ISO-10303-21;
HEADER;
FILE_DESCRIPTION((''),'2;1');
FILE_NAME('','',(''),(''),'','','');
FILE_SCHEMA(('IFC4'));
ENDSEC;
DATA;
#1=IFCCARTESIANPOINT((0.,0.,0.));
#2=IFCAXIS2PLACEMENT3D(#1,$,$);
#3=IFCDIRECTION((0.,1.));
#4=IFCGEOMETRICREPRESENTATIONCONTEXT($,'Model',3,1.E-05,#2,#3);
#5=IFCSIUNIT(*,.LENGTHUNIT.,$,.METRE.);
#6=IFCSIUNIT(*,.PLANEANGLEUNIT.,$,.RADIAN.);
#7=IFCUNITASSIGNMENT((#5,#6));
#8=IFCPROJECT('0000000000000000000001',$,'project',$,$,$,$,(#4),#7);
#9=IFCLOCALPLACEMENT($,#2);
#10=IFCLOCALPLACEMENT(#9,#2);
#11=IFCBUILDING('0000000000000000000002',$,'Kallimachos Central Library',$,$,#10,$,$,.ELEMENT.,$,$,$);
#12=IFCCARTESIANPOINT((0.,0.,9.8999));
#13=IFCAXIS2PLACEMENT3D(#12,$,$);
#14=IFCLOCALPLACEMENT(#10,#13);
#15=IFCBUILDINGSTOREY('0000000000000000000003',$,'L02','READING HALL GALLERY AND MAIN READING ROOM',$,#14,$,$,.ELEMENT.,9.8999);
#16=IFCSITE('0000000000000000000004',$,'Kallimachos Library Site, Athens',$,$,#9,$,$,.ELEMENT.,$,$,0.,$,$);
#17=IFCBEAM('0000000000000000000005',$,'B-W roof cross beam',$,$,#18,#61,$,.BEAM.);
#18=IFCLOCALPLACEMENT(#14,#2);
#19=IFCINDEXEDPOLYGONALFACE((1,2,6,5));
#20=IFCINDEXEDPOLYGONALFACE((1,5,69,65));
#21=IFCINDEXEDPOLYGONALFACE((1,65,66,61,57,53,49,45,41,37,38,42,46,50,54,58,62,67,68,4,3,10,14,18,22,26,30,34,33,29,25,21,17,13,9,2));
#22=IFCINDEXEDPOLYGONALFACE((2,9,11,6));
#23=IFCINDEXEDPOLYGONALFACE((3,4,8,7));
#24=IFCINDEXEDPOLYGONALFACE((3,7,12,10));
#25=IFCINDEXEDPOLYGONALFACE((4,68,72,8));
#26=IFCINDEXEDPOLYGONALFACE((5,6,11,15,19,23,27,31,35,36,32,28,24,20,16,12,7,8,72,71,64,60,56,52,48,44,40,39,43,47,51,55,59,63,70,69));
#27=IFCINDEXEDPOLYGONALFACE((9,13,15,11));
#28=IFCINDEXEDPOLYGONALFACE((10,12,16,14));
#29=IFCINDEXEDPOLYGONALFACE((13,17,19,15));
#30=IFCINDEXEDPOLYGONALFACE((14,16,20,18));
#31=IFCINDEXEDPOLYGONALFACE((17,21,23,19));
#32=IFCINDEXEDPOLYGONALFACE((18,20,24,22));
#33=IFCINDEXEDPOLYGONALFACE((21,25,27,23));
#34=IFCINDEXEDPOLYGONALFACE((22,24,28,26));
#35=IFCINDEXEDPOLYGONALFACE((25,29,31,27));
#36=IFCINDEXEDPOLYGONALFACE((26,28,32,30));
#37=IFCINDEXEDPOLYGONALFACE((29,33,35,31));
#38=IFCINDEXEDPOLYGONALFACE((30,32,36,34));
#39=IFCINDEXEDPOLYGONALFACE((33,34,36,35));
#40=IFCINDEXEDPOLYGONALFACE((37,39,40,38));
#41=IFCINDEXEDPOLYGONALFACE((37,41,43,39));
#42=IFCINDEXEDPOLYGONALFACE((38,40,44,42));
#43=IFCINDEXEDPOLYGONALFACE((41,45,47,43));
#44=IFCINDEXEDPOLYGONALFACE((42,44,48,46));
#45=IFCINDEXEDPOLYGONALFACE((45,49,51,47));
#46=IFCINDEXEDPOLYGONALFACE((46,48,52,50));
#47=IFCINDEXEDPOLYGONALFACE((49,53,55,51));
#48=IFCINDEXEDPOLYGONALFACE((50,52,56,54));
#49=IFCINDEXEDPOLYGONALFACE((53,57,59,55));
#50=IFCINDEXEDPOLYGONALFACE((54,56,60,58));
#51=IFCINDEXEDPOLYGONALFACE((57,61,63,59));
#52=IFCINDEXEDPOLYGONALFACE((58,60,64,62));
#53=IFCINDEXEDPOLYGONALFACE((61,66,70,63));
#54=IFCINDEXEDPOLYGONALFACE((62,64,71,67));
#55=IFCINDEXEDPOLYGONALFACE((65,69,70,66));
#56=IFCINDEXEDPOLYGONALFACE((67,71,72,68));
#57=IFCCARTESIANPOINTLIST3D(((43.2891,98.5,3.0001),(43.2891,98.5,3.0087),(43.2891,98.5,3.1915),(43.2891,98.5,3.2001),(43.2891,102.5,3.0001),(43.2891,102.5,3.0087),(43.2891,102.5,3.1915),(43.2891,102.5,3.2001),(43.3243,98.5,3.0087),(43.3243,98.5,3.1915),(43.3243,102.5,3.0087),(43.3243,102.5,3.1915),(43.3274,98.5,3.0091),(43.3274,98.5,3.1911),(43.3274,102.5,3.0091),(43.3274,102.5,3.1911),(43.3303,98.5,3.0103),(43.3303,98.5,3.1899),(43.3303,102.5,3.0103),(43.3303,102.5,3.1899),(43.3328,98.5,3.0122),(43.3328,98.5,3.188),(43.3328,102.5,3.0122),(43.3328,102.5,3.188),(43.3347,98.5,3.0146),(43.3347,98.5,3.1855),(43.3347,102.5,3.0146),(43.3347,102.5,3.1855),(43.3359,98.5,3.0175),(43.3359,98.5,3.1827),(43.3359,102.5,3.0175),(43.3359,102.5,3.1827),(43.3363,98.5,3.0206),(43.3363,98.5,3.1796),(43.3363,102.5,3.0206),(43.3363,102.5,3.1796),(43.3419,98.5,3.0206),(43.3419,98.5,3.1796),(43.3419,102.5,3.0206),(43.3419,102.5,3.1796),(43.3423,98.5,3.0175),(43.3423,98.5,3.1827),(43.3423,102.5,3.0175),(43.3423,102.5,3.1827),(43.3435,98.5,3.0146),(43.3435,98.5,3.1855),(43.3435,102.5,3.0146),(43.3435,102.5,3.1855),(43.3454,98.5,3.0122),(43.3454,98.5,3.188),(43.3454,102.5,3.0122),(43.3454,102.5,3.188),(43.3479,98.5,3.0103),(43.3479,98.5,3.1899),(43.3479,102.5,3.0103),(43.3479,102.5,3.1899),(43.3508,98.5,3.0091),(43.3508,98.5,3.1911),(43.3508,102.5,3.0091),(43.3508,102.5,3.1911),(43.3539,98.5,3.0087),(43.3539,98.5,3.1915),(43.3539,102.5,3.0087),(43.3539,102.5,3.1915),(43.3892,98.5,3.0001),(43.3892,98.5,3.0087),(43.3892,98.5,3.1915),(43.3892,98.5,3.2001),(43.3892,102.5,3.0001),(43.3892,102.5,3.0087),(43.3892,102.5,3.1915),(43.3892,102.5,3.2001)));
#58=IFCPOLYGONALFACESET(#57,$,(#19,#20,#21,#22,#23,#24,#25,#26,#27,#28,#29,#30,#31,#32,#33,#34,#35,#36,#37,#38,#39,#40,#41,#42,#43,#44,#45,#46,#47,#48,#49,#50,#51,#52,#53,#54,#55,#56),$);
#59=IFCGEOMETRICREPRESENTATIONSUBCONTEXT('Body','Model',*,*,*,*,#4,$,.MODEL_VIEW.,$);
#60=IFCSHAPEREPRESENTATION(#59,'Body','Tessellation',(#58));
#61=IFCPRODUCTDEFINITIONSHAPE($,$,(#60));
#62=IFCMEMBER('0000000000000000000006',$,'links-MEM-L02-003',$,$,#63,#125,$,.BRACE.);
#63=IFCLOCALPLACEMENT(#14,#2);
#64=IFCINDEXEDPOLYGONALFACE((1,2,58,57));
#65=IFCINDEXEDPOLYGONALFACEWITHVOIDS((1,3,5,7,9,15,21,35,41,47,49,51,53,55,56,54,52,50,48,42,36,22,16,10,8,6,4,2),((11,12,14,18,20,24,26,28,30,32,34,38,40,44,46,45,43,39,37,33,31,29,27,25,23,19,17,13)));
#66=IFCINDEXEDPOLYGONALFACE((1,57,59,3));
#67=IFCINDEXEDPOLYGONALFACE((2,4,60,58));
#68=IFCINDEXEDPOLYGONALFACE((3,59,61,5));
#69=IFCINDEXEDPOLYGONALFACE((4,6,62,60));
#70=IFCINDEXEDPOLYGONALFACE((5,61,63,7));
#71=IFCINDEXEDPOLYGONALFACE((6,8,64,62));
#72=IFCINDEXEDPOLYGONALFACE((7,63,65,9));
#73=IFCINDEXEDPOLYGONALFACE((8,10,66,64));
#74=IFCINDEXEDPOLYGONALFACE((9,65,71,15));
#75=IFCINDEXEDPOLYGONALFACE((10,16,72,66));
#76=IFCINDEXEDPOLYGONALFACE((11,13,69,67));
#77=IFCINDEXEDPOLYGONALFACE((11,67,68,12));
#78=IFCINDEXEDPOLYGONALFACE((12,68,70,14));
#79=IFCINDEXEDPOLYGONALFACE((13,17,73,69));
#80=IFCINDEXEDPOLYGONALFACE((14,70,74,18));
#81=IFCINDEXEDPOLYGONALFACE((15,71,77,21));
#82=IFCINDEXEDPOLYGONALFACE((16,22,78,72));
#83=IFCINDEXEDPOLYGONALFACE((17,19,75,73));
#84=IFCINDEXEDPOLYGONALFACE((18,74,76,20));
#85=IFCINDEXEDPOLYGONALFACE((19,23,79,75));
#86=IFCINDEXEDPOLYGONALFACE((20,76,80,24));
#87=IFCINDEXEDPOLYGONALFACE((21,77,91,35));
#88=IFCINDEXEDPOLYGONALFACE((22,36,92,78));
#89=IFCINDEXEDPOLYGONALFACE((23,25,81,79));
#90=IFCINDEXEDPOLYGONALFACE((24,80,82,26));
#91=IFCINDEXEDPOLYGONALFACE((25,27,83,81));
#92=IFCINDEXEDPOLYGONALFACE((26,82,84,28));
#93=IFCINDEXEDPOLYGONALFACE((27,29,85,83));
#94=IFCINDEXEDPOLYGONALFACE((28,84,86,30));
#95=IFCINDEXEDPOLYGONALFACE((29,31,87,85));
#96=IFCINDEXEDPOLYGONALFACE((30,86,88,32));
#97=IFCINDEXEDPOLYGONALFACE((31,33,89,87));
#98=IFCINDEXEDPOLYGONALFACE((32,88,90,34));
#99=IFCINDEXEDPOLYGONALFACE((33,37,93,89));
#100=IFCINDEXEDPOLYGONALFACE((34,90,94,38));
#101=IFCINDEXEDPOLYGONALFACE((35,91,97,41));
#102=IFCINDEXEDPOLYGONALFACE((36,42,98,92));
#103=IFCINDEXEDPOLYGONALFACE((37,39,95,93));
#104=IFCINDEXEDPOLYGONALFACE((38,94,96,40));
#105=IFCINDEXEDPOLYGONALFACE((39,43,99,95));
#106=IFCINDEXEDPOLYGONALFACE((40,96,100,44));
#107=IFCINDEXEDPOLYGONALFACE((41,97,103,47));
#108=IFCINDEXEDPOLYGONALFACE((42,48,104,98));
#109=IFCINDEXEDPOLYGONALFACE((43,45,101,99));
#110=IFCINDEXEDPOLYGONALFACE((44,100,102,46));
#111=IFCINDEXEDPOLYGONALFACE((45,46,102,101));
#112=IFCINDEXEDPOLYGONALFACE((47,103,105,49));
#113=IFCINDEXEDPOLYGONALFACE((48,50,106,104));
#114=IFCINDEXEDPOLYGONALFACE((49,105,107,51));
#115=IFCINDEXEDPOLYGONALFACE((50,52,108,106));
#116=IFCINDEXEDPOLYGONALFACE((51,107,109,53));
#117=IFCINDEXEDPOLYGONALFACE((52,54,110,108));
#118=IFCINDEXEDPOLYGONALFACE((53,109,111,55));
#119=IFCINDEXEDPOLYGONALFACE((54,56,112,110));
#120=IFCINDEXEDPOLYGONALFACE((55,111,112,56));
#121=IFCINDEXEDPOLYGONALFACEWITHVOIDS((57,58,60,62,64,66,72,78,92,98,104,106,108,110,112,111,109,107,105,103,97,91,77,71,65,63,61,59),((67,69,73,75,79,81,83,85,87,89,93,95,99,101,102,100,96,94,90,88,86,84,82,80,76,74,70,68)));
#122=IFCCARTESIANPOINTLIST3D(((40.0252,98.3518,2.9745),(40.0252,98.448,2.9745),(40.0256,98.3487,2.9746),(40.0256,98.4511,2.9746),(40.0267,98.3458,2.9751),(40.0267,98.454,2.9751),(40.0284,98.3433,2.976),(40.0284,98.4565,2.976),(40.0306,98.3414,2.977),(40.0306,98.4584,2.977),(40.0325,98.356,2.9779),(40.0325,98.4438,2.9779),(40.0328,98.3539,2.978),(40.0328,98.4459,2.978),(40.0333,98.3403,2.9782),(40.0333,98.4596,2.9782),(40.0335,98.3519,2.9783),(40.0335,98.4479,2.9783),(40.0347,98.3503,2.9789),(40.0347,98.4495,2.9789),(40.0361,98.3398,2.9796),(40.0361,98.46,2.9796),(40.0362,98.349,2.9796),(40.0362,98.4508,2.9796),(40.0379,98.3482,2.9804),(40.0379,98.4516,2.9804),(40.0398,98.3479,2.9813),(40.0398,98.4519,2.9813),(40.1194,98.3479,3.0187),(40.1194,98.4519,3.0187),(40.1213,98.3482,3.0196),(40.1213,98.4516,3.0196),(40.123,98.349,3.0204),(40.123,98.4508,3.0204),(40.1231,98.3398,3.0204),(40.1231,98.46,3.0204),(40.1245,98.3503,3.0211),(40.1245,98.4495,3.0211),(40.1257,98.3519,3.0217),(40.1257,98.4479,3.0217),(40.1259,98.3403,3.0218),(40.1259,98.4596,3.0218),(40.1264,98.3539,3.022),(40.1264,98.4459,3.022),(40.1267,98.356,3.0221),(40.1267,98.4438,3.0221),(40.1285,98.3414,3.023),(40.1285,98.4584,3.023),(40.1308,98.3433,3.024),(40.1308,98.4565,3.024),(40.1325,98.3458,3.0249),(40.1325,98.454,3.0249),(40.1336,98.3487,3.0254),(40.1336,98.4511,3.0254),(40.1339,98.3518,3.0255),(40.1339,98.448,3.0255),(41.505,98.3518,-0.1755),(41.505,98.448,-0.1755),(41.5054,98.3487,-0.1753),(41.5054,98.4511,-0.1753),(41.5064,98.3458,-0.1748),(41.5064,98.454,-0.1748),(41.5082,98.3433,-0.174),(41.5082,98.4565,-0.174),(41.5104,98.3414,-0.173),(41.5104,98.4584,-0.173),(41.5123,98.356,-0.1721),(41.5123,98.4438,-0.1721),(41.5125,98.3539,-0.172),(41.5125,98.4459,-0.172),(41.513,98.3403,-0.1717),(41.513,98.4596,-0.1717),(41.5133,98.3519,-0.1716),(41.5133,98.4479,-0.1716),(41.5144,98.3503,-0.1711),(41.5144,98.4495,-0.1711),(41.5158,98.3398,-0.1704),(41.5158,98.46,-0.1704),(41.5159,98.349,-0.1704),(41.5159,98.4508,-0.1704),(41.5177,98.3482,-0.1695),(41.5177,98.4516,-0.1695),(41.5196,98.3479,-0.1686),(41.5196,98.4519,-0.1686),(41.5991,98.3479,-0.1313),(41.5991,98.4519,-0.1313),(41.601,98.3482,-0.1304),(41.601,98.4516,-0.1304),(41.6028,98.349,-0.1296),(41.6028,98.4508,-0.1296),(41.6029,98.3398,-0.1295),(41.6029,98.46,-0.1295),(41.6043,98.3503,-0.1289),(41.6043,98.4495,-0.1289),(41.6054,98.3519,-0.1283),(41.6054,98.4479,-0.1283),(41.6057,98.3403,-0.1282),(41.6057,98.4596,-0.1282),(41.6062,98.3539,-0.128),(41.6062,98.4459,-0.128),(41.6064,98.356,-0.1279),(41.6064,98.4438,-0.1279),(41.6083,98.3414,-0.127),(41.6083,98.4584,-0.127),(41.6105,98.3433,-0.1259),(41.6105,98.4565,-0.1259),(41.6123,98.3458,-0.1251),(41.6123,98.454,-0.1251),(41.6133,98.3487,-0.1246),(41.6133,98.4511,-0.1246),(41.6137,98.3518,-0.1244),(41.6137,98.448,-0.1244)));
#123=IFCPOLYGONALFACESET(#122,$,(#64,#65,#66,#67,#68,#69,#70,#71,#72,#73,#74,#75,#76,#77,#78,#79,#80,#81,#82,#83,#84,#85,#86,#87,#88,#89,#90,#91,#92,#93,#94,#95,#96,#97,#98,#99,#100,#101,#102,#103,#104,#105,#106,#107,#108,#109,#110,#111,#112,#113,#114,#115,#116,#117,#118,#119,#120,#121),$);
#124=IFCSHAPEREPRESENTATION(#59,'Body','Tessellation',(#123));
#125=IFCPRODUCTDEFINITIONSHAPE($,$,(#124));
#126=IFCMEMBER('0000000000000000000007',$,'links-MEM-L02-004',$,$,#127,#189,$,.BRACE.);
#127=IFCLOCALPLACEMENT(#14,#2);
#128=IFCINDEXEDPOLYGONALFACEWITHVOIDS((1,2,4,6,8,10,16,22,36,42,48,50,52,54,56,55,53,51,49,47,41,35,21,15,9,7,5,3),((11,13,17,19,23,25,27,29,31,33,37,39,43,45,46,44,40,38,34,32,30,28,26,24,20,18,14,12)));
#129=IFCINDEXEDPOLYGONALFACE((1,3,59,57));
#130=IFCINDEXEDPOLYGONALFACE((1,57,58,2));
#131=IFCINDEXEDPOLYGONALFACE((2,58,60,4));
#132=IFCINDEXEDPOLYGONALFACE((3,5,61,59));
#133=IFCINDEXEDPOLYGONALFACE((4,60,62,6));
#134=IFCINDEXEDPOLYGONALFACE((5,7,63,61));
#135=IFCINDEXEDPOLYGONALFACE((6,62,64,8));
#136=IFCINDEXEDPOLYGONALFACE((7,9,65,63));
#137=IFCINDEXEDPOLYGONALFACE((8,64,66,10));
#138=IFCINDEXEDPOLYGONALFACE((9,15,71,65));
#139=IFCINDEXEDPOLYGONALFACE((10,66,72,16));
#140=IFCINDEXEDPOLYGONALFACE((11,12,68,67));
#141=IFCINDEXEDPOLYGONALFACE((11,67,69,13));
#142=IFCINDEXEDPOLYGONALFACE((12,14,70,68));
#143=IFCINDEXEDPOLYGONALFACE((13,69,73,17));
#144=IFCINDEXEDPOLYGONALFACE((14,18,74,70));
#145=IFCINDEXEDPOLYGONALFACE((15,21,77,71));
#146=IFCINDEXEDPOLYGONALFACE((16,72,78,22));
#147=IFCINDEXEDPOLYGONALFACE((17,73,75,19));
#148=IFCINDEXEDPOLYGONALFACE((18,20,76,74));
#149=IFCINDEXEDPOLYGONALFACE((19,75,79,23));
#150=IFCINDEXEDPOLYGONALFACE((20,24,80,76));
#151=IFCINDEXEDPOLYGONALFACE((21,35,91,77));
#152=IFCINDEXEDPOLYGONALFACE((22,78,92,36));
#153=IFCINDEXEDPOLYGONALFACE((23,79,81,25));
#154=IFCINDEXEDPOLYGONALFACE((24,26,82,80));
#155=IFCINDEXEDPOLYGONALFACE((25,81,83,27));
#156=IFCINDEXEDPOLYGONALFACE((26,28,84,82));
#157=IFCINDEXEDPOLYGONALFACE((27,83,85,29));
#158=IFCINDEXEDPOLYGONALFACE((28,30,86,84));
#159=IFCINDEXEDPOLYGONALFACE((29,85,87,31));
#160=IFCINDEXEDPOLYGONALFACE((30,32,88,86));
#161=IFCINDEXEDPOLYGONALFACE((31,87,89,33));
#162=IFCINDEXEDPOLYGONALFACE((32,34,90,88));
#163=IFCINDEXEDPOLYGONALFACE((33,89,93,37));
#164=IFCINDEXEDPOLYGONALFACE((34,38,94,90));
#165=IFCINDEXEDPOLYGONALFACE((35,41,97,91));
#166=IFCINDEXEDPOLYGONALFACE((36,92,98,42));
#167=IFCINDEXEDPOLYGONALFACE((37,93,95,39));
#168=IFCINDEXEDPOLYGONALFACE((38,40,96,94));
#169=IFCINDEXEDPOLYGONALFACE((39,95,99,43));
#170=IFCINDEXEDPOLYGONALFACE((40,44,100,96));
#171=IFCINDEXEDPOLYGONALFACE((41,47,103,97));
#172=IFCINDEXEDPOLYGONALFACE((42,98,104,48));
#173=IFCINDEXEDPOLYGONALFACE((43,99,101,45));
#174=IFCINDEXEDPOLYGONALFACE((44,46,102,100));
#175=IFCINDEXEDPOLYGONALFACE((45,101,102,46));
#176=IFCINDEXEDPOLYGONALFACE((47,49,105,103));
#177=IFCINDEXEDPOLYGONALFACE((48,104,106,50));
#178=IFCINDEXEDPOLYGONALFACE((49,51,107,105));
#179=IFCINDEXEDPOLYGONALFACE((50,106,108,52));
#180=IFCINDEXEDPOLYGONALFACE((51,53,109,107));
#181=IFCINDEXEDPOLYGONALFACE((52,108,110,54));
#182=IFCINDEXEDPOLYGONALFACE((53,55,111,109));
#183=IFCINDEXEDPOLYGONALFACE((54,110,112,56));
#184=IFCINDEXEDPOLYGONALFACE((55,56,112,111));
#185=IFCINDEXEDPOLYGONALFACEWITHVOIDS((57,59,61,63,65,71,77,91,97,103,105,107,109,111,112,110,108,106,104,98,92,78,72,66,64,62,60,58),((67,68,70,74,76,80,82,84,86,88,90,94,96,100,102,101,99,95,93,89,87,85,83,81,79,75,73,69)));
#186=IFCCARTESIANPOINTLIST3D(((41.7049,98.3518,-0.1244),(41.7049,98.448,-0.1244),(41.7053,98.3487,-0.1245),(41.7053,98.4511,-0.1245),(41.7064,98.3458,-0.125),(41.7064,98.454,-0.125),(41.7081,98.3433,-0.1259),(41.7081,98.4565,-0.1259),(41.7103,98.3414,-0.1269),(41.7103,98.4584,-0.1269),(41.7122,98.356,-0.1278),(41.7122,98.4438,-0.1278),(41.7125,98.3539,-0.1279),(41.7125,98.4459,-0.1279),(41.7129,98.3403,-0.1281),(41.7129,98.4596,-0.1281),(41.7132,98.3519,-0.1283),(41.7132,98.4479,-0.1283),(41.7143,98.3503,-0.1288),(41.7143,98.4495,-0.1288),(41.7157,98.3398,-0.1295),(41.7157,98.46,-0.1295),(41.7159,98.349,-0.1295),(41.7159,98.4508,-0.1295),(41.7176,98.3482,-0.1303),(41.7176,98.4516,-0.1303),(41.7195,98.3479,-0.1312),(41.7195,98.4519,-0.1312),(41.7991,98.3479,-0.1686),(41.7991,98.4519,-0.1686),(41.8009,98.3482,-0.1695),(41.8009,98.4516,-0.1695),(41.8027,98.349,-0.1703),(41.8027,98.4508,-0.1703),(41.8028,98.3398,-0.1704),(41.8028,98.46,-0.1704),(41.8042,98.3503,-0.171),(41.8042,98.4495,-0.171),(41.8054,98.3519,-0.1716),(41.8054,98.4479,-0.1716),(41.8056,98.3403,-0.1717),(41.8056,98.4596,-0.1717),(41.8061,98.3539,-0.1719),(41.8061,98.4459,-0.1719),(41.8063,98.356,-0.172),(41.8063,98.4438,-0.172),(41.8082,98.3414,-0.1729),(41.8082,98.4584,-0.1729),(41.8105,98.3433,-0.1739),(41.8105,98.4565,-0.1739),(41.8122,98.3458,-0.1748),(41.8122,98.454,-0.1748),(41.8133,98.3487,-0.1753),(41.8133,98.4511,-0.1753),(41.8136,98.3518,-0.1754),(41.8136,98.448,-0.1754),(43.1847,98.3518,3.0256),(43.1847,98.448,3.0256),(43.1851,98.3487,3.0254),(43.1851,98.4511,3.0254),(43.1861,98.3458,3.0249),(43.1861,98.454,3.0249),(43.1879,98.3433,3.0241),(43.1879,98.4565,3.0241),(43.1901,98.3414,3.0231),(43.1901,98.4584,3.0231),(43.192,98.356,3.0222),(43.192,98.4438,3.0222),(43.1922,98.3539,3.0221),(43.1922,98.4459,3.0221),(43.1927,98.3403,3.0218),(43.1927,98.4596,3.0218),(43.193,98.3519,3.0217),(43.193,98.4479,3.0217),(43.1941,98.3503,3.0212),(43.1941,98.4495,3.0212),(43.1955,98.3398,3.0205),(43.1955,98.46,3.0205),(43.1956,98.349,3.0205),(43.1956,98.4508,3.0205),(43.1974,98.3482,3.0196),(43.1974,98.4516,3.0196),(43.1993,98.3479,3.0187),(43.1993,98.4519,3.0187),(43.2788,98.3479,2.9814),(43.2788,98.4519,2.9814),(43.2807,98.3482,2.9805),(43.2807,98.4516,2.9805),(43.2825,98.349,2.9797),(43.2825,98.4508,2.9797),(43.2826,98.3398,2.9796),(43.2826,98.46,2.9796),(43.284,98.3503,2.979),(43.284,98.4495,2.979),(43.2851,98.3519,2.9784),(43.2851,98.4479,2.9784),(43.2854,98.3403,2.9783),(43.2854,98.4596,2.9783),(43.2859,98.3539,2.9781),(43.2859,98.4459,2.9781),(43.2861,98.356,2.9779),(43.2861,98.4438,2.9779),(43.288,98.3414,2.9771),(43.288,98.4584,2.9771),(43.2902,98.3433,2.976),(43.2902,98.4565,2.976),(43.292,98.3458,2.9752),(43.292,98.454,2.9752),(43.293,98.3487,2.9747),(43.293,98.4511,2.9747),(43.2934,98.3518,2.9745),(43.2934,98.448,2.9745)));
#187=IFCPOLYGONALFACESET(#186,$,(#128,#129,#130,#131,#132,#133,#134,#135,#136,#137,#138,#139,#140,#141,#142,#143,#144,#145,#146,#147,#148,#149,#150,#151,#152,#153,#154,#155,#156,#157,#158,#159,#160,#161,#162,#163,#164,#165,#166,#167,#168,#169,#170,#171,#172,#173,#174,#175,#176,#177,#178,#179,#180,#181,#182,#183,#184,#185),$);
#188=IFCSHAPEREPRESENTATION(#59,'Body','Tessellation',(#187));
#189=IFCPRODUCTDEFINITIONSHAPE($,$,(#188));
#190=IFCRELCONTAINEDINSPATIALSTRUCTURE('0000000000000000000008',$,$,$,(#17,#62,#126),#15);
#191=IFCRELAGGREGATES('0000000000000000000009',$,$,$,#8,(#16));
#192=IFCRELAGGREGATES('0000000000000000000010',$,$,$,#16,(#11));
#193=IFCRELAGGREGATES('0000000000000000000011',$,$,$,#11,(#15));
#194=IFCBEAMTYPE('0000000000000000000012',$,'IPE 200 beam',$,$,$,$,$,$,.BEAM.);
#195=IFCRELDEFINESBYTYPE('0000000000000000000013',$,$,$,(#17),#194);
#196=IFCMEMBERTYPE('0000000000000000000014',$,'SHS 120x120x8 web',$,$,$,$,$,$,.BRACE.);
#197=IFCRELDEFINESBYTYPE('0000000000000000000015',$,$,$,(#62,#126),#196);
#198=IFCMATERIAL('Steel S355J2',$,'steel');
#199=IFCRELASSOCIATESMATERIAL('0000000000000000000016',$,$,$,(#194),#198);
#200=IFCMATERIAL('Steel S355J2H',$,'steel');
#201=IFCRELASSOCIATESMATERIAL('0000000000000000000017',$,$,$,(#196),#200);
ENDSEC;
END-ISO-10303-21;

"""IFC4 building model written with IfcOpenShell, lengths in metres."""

from ifc_helpers import new_model, si_unit, direction, frame, origin, origin_2d, place, context, subcontext, project, spatial, hollow_rectangle, i_section, extrude, material, material_profile, profile_set, type_object, element, save


model = new_model("IFC4")

# Units and contexts
model_context = context("Model", 3, precision=1e-05, world=origin(), true_north=direction((0.0, 1.0)))
body_context = subcontext(model_context, "Body", "Model", "MODEL_VIEW")
ifc_project = project(units=[si_unit("LENGTHUNIT", "METRE"), si_unit("PLANEANGLEUNIT", "RADIAN")], contexts=[model_context])

# Site, building, storey
site_placement = place(None, origin())
site = spatial("IfcSite", under=ifc_project, at=site_placement, Name="Kallimachos Library Site, Athens", CompositionType="ELEMENT", RefElevation=0.0)
building_placement = place(site_placement, origin())
building = spatial("IfcBuilding", under=site, at=building_placement, Name="Kallimachos Central Library", CompositionType="ELEMENT")
storey_placement = place(building_placement, frame((0.0, 0.0, 9.8999)))
storey = spatial("IfcBuildingStorey", under=building, at=storey_placement, Name="L02", Description="READING HALL GALLERY AND MAIN READING ROOM", CompositionType="ELEMENT", Elevation=9.8999)

# Beam
ifc_material_1 = material(Name="Steel S355J2", Category="steel")
ifc_material_profile_1 = material_profile(ifc_material_1, i_section(OverallWidth=0.1001, OverallDepth=0.2, WebThickness=0.0056, FlangeThickness=0.0085, FilletRadius=0.012, at=origin_2d()), Name="IPE 200")
ifc_profile_set_1 = profile_set([ifc_material_profile_1], Name="Steel S355J2")
beam_type = type_object("IfcBeamType", Name="IPE 200 beam", PredefinedType="BEAM", material=ifc_profile_set_1)
for number, where, z_axis, x_axis, name in (
    (1, (43.3391, 98.5, 3.1001), (0.0, 1.0, 0.0), (-1.0, 0.0, 0.0), "B-W roof cross beam"),
):
    element("IfcBeam", number, at=place(storey_placement, frame(where, z_axis=z_axis, x_axis=x_axis)), inside=storey, type_object=beam_type, Name=name, PredefinedType="BEAM", context=body_context, shape_type="SweptSolid", body=[
        extrude(i_section(OverallWidth=0.1001, OverallDepth=0.2, WebThickness=0.0056, FlangeThickness=0.0085, FilletRadius=0.012, at=origin_2d()), origin(), (0.0, 0.0, 1.0), 4.0),
    ])

# Members
ifc_material_2 = material(Name="Steel S355J2H", Category="steel")
ifc_material_profile_2 = material_profile(ifc_material_2, hollow_rectangle(XDim=0.1201, YDim=0.1201, WallThickness=0.0081, InnerFilletRadius=0.0081, OuterFilletRadius=0.012, at=origin_2d()), Name="SHS 120x120x8")
ifc_profile_set_2 = profile_set([ifc_material_profile_2], Name="Steel S355J2H")
member_type_1 = type_object("IfcMemberType", Name="SHS 120x120x8 web", PredefinedType="BRACE", material=ifc_profile_set_2)
for number, where, z_axis, x_axis, name in (
    (2, (40.0796, 98.3999, 3.0), (0.425192, 0.0, -0.905103), (0.0, 1.0, 0.0), "links-MEM-L02-003"),
    (3, (41.7593, 98.3999, -0.1499), (0.425192, 0.0, 0.905103), (0.0, 1.0, 0.0), "links-MEM-L02-004"),
):
    element("IfcMember", number, at=place(storey_placement, frame(where, z_axis=z_axis, x_axis=x_axis)), inside=storey, type_object=member_type_1, Name=name, PredefinedType="BRACE", context=body_context, shape_type="SweptSolid", body=[
        extrude(hollow_rectangle(XDim=0.1201, YDim=0.1201, WallThickness=0.0081, InnerFilletRadius=0.0081, OuterFilletRadius=0.012, at=origin_2d()), origin(), (0.0, 0.0, 1.0), 3.4802),
    ])

save(model, "model.ifc")
